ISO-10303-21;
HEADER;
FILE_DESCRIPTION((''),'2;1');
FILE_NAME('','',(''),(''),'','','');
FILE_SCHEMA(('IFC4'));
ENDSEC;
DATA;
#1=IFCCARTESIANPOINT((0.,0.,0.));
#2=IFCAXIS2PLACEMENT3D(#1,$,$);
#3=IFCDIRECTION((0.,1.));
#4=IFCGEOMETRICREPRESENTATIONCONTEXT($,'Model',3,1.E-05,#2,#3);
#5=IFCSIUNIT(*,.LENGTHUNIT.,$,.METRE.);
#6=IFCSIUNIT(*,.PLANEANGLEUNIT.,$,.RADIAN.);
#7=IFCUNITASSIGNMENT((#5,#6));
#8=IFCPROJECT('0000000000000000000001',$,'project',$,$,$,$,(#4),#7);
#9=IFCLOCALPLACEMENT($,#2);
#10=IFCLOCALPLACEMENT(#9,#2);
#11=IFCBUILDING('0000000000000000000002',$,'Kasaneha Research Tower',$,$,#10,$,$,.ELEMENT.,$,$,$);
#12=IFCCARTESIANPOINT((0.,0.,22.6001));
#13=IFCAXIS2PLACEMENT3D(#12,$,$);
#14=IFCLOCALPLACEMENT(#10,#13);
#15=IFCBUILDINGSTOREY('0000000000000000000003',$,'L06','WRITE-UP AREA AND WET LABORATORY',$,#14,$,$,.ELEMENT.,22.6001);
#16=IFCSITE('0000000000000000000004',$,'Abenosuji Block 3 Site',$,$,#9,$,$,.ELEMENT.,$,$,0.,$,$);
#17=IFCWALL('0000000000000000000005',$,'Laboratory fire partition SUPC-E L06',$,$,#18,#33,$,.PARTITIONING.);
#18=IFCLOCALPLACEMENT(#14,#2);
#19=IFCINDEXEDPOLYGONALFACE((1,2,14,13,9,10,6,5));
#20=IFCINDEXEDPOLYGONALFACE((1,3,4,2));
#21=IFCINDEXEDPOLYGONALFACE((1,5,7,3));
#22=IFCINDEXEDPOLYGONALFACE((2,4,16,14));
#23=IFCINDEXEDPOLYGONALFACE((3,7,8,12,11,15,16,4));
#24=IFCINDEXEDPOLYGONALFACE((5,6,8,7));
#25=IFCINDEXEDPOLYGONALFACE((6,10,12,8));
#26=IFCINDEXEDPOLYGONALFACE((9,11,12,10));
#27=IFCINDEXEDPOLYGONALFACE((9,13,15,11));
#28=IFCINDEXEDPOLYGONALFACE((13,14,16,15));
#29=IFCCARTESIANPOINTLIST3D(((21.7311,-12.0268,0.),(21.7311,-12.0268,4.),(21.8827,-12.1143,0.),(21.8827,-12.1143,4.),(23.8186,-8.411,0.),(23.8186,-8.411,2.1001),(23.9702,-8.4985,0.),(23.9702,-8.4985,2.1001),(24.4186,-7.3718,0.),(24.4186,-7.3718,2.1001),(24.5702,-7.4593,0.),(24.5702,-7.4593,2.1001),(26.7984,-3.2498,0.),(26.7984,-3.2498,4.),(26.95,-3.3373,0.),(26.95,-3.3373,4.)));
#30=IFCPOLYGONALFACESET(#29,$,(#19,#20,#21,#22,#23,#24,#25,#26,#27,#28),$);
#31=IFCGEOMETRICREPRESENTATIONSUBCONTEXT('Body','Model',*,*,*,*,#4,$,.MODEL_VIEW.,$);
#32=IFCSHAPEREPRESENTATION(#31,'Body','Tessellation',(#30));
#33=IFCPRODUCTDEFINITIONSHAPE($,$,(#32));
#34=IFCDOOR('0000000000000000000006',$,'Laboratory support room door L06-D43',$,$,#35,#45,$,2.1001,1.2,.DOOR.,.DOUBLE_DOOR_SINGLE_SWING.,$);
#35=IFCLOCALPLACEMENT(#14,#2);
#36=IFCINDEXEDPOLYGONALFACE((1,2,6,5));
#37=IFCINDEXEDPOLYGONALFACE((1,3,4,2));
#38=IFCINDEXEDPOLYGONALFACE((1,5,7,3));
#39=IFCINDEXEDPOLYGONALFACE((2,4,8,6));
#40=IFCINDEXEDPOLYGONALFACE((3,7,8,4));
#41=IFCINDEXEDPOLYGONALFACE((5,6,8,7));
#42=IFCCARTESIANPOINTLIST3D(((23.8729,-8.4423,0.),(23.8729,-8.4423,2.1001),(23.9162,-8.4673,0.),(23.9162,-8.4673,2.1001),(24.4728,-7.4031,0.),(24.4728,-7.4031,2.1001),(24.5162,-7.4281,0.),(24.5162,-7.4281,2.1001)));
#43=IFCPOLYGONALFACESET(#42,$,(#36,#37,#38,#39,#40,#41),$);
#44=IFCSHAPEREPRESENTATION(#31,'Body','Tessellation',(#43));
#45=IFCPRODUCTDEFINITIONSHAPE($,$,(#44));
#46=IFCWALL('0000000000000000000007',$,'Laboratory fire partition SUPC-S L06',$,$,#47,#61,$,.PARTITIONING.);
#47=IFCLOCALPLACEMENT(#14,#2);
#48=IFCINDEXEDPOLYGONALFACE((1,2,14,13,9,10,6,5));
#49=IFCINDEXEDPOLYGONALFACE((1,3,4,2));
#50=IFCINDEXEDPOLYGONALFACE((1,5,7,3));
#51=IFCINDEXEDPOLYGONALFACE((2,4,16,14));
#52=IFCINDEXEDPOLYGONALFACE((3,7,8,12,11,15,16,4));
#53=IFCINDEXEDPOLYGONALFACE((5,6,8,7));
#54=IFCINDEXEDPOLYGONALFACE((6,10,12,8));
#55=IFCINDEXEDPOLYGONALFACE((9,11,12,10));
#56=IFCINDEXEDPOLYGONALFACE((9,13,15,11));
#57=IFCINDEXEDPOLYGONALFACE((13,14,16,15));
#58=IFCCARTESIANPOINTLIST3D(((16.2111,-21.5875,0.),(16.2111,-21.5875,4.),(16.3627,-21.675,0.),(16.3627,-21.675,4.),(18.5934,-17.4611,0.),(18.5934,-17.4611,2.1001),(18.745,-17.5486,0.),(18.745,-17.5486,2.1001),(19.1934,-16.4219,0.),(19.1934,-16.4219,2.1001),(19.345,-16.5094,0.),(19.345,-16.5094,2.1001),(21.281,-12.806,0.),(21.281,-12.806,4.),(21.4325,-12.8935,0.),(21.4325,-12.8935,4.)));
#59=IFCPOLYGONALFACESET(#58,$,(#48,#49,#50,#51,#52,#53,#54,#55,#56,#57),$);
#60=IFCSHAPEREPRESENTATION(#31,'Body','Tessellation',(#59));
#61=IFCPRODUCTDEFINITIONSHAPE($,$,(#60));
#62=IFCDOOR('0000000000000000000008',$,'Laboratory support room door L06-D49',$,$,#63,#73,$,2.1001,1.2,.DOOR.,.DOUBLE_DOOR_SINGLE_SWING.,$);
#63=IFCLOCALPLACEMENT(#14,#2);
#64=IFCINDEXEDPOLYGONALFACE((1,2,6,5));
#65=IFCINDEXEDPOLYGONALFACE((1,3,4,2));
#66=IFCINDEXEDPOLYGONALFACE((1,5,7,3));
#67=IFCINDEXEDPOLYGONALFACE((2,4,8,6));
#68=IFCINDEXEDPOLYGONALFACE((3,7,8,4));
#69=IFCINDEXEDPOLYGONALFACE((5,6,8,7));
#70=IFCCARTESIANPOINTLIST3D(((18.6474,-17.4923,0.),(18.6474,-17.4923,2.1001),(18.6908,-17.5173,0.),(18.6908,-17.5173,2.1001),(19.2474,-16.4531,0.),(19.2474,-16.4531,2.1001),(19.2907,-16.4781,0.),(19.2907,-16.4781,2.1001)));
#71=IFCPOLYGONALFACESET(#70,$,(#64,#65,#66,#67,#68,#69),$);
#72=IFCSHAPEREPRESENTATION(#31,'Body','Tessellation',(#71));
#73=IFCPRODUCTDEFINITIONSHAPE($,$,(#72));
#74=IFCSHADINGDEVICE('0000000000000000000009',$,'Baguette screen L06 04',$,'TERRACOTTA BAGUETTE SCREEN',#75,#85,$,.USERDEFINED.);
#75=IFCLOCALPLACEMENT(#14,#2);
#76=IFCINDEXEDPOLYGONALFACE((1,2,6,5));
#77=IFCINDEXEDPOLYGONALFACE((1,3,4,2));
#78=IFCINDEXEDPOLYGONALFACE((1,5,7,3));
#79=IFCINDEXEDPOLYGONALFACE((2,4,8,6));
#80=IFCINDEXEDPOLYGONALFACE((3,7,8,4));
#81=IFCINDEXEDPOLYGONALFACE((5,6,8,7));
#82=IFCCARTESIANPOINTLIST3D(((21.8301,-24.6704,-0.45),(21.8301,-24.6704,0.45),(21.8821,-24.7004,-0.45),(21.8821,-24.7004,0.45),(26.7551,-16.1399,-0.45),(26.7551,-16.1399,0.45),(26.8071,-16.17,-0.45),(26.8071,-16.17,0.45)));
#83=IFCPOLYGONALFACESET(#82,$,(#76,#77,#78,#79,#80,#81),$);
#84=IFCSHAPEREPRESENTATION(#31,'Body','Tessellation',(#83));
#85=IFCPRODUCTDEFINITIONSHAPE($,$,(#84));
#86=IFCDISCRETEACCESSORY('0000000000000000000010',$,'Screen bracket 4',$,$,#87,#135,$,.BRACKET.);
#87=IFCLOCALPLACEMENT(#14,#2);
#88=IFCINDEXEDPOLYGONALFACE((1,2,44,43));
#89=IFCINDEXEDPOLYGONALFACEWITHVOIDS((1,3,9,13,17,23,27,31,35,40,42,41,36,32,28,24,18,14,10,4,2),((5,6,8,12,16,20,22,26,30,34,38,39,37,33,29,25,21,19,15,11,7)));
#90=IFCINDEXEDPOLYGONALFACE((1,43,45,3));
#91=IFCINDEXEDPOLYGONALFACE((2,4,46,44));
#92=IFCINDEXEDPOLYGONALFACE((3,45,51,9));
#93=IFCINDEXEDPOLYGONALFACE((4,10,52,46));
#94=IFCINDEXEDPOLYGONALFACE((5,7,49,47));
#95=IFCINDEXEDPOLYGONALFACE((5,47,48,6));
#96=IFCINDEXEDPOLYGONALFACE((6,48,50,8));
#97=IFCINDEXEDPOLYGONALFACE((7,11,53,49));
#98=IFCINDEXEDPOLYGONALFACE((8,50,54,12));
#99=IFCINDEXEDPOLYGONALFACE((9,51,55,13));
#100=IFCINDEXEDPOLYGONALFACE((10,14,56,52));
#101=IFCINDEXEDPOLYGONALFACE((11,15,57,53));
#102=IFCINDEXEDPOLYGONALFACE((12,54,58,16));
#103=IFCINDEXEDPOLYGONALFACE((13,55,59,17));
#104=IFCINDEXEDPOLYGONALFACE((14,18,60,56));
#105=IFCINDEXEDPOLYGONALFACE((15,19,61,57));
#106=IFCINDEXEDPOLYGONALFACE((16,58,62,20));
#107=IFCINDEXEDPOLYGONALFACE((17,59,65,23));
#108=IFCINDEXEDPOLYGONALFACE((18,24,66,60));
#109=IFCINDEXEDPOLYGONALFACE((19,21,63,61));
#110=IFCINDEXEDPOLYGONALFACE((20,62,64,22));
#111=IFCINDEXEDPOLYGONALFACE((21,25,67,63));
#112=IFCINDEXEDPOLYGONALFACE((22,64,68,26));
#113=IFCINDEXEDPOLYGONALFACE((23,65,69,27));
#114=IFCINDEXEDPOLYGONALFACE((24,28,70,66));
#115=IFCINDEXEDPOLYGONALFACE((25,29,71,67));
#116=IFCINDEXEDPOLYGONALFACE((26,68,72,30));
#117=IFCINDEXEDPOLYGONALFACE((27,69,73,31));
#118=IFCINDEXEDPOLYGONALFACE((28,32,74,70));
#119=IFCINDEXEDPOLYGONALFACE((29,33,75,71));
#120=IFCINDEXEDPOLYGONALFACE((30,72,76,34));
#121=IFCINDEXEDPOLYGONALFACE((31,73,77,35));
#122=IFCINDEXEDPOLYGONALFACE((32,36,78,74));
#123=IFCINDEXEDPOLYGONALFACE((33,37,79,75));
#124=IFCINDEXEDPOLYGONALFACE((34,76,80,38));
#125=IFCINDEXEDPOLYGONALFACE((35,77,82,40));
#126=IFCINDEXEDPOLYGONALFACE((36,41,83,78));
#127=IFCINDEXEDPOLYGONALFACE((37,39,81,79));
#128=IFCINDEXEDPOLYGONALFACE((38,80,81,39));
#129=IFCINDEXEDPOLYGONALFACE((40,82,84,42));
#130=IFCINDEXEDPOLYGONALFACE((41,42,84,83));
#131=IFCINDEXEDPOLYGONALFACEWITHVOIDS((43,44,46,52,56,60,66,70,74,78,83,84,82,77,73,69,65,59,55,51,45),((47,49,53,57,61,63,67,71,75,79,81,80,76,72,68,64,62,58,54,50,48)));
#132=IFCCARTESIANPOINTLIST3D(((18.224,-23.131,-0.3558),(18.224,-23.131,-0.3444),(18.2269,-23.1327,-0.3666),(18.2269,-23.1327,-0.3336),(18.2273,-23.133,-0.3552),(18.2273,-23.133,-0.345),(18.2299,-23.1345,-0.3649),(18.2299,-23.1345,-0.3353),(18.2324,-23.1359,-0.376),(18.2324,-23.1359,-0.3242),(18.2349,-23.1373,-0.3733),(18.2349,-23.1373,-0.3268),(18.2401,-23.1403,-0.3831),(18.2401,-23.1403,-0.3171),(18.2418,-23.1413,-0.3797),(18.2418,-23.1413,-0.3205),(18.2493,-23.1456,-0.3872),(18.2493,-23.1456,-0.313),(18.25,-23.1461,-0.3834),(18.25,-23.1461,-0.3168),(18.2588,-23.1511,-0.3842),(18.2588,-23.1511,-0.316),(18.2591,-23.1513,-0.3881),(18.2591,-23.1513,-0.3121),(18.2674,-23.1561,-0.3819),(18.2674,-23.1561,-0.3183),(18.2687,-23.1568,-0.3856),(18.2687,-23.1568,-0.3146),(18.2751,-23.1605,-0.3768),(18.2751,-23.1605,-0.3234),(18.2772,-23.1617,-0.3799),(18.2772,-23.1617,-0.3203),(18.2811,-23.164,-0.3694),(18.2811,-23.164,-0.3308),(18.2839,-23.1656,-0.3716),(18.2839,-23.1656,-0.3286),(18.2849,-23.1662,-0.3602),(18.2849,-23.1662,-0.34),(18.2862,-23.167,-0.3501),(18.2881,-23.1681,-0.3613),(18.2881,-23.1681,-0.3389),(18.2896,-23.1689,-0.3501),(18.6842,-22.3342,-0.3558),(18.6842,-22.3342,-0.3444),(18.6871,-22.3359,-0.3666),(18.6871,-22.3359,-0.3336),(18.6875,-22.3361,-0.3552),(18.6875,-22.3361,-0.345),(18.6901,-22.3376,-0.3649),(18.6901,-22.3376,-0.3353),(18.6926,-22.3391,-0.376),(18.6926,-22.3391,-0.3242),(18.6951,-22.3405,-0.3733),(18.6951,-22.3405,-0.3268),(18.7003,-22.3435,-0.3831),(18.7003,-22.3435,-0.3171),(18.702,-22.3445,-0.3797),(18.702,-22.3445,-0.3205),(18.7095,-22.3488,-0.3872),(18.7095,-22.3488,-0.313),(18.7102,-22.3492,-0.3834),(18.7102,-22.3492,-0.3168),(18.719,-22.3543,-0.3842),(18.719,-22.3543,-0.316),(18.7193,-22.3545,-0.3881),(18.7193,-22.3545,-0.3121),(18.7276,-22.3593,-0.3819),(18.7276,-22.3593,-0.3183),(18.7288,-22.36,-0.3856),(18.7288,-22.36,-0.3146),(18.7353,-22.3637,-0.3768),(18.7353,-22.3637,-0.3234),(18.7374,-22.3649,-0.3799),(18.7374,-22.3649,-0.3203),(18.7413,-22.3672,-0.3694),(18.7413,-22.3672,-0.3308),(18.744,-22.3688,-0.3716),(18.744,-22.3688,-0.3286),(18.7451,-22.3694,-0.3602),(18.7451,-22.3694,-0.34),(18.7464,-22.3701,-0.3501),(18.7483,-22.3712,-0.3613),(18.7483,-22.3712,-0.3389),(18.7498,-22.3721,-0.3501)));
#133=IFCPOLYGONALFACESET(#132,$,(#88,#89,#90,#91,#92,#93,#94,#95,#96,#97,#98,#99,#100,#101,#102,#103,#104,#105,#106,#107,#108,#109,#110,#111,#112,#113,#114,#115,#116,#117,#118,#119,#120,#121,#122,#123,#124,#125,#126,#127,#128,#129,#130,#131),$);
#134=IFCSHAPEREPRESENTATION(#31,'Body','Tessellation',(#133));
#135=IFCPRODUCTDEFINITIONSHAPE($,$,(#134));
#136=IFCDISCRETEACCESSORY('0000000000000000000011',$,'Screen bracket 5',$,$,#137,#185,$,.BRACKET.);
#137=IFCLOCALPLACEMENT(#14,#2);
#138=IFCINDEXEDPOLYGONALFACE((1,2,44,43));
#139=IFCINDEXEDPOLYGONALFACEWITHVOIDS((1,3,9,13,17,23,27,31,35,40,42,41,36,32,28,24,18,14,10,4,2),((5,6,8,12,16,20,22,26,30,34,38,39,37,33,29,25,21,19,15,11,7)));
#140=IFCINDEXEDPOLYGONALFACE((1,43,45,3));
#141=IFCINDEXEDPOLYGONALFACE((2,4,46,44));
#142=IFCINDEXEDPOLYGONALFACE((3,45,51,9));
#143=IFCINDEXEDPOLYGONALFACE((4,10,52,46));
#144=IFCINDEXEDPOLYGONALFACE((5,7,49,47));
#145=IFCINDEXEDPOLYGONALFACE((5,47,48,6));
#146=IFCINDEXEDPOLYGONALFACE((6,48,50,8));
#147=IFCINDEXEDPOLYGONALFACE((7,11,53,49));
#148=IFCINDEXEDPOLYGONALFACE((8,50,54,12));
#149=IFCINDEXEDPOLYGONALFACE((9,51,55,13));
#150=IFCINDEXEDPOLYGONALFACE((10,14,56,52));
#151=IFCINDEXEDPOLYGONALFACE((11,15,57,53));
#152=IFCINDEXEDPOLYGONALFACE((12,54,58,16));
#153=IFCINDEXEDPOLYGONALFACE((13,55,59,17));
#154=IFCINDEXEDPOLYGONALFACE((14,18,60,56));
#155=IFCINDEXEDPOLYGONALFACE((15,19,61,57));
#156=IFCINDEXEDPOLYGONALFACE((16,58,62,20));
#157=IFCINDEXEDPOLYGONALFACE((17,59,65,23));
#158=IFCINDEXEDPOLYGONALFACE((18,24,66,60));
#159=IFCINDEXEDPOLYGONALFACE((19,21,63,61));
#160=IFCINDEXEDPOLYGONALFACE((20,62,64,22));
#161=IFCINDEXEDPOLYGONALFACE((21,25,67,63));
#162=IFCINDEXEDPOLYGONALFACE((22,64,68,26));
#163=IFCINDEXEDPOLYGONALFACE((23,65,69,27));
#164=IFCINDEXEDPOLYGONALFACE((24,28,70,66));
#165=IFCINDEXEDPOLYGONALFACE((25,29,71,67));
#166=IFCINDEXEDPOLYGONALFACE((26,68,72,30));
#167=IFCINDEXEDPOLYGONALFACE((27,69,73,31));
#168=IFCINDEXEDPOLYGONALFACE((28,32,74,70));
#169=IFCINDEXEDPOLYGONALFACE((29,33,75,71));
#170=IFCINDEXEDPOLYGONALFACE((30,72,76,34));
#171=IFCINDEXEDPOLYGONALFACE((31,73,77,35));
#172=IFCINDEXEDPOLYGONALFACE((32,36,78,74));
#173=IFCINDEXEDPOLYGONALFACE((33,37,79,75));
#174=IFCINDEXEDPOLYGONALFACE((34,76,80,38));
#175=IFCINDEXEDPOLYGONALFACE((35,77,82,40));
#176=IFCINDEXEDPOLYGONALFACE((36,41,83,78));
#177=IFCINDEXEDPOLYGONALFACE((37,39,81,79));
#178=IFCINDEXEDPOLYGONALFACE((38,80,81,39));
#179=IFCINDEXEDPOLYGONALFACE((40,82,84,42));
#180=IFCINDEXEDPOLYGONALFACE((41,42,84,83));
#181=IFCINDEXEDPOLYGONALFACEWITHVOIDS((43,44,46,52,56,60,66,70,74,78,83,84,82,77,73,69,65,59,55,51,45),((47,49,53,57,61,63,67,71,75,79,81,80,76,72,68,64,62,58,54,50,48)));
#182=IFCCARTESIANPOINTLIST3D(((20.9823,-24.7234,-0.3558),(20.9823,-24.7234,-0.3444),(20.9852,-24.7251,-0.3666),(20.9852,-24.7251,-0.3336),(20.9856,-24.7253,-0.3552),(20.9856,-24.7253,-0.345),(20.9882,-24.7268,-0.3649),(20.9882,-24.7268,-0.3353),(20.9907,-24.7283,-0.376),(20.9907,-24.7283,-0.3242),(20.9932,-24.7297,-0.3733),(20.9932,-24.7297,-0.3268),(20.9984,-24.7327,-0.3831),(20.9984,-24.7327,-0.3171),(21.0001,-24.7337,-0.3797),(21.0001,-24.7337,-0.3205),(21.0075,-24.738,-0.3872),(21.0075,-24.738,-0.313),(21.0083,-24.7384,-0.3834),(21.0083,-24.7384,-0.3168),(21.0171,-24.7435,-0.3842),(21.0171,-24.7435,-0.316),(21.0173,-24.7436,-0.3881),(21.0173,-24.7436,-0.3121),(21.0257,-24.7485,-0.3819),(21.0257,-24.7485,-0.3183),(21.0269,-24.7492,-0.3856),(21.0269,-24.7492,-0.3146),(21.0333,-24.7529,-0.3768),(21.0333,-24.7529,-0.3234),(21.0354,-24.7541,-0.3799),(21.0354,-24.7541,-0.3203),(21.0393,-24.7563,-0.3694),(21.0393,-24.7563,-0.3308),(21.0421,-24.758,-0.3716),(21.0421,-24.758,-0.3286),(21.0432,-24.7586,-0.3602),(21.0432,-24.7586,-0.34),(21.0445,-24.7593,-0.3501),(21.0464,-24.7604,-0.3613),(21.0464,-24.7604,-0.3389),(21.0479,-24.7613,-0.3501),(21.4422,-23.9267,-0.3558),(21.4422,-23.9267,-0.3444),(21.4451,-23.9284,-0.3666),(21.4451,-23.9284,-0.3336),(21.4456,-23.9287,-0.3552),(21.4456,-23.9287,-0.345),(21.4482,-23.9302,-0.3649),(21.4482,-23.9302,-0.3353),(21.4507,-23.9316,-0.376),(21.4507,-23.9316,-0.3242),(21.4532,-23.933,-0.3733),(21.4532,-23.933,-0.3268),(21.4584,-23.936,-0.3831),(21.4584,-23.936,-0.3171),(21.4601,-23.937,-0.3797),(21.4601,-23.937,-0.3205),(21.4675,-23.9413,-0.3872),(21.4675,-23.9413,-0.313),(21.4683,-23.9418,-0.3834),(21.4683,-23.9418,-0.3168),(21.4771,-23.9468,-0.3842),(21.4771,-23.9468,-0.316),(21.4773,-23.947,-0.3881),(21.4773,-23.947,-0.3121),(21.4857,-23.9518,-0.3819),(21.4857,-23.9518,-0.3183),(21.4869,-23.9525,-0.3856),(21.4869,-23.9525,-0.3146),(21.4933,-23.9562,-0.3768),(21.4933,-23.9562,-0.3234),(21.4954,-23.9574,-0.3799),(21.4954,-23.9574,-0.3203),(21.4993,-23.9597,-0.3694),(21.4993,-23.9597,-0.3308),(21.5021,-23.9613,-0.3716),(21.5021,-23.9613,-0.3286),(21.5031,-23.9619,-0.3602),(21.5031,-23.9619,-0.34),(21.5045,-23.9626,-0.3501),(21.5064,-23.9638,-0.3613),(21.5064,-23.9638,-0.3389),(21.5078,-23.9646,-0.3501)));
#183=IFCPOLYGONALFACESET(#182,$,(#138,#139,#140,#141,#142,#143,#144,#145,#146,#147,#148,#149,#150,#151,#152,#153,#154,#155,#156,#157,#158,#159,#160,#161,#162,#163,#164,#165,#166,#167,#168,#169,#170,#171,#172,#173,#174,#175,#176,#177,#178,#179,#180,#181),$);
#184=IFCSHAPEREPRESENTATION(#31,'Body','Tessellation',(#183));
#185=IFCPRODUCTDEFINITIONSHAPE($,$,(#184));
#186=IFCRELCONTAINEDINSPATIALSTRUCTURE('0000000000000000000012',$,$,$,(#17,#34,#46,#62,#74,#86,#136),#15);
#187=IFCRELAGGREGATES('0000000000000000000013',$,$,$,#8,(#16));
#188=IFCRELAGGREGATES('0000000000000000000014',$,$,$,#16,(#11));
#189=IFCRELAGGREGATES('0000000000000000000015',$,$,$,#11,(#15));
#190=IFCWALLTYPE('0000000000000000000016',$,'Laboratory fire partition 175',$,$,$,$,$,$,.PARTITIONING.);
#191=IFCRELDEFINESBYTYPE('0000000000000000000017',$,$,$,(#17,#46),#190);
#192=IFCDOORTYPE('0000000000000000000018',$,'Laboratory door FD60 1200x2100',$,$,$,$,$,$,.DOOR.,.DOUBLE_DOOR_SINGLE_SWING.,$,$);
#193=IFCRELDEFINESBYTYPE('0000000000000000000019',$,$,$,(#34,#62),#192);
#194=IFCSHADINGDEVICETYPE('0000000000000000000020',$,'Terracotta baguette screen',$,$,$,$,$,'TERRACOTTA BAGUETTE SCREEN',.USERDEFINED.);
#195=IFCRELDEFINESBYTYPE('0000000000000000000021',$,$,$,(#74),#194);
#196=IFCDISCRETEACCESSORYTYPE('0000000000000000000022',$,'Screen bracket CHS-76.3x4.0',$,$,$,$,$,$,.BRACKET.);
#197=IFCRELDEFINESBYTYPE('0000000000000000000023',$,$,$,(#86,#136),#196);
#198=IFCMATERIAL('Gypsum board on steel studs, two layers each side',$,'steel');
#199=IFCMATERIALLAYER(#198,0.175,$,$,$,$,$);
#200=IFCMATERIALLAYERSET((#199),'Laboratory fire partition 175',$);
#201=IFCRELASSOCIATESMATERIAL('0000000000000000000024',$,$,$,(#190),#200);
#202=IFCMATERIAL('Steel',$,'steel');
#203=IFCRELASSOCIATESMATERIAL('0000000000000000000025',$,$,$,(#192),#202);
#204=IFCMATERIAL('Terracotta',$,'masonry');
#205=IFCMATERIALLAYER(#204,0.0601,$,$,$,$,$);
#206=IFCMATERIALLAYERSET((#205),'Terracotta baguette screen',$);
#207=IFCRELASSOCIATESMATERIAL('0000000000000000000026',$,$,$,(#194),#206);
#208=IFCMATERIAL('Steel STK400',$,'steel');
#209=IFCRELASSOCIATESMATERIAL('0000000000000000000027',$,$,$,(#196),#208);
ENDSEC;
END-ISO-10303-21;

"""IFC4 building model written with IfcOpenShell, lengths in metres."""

from ifc_helpers import new_model, si_unit, direction, frame, frame_2d, origin, origin_2d, place, context, subcontext, project, spatial, rectangle, hollow_circle, extrude, material, layer, layer_set, material_profile, profile_set, type_object, element, fill, save


model = new_model("IFC4")

# Units and contexts
model_context = context("Model", 3, precision=1e-05, world=origin(), true_north=direction((0.0, 1.0)))
body_context = subcontext(model_context, "Body", "Model", "MODEL_VIEW")
ifc_project = project(units=[si_unit("LENGTHUNIT", "METRE"), si_unit("PLANEANGLEUNIT", "RADIAN")], contexts=[model_context])

# Site, building, storey
site_placement = place(None, origin())
site = spatial("IfcSite", under=ifc_project, at=site_placement, Name="Abenosuji Block 3 Site", CompositionType="ELEMENT", RefElevation=0.0)
building_placement = place(site_placement, origin())
building = spatial("IfcBuilding", under=site, at=building_placement, Name="Kasaneha Research Tower", CompositionType="ELEMENT")
storey_placement = place(building_placement, frame((0.0, 0.0, 22.6001)))
storey = spatial("IfcBuildingStorey", under=building, at=storey_placement, Name="L06", Description="WRITE-UP AREA AND WET LABORATORY", CompositionType="ELEMENT", Elevation=22.6001)

# Walls, openings, doors
ifc_material_1 = material(Name="Gypsum board on steel studs, two layers each side", Category="steel")
ifc_layer_1 = layer(ifc_material_1, 0.175)
ifc_layer_set_1 = layer_set([ifc_layer_1], Name="Laboratory fire partition 175")
wall_type = type_object("IfcWallType", Name="Laboratory fire partition 175", PredefinedType="PARTITIONING", material=ifc_layer_set_1)
wall_1_placement = place(storey_placement, frame((21.8069, -12.0706, 0.0), z_axis=(0.0, 0.0, 1.0), x_axis=(0.499994, 0.866029, 0.0)))
wall_1 = element("IfcWall", 1, at=wall_1_placement, inside=storey, type_object=wall_type, Name="Laboratory fire partition SUPC-E L06", PredefinedType="PARTITIONING", context=body_context, shape_type="SweptSolid", body=[
    extrude(rectangle(XDim=10.1348, YDim=0.175, at=frame_2d((5.0674, 0.0))), origin(), (0.0, 0.0, 1.0), 4.0),
])
opening_1_placement = place(wall_1_placement, frame((4.175, 0.0, 0.0)))
opening_1 = element("IfcOpeningElement", 2, at=opening_1_placement, cuts=wall_1, PredefinedType="OPENING", context=body_context, shape_type="SweptSolid", body=[
    extrude(rectangle(XDim=1.2, YDim=2.1001, at=frame_2d((0.6001, 1.05))), frame((0.0, 0.0977, 0.0), z_axis=(0.0, -1.0, 0.0), x_axis=(1.0, 0.0, 0.0)), (0.0, 0.0, 1.0), 0.1951),
])
ifc_material_2 = material(Name="Steel", Category="steel")
door_type = type_object("IfcDoorType", Name="Laboratory door FD60 1200x2100", OperationType="DOUBLE_DOOR_SINGLE_SWING", PredefinedType="DOOR", material=ifc_material_2)
door_1_placement = place(opening_1_placement, origin())
door_1 = element("IfcDoor", 3, at=door_1_placement, inside=storey, type_object=door_type, Name="Laboratory support room door L06-D43", OperationType="DOUBLE_DOOR_SINGLE_SWING", OverallHeight=2.1001, OverallWidth=1.2, PredefinedType="DOOR", context=body_context, shape_type="SweptSolid", body=[
    extrude(rectangle(XDim=1.2, YDim=2.1001, at=frame_2d((0.6001, 1.05))), frame((0.0, 0.0249, 0.0), z_axis=(0.0, -1.0, 0.0), x_axis=(1.0, 0.0, 0.0)), (0.0, 0.0, 1.0), 0.05),
])
fill(opening_1, door_1)
wall_2_placement = place(storey_placement, frame((21.3567, -12.8499, 0.0), z_axis=(0.0, 0.0, 1.0), x_axis=(-0.499987, -0.866033, 0.0)))
wall_2 = element("IfcWall", 4, at=wall_2_placement, inside=storey, type_object=wall_type, Name="Laboratory fire partition SUPC-S L06", PredefinedType="PARTITIONING", context=body_context, shape_type="SweptSolid", body=[
    extrude(rectangle(XDim=10.1399, YDim=0.175, at=frame_2d((5.0698, 0.0))), origin(), (0.0, 0.0, 1.0), 4.0),
])
opening_2_placement = place(wall_2_placement, frame((4.175, 0.0, 0.0)))
opening_2 = element("IfcOpeningElement", 5, at=opening_2_placement, cuts=wall_2, PredefinedType="OPENING", context=body_context, shape_type="SweptSolid", body=[
    extrude(rectangle(XDim=1.2, YDim=2.1001, at=frame_2d((0.6001, 1.05))), frame((0.0, 0.0977, 0.0), z_axis=(0.0, -1.0, 0.0), x_axis=(1.0, 0.0, 0.0)), (0.0, 0.0, 1.0), 0.1951),
])
door_2_placement = place(opening_2_placement, origin())
door_2 = element("IfcDoor", 6, at=door_2_placement, inside=storey, type_object=door_type, Name="Laboratory support room door L06-D49", OperationType="DOUBLE_DOOR_SINGLE_SWING", OverallHeight=2.1001, OverallWidth=1.2, PredefinedType="DOOR", context=body_context, shape_type="SweptSolid", body=[
    extrude(rectangle(XDim=1.2, YDim=2.1001, at=frame_2d((0.6001, 1.05))), frame((0.0, 0.0249, 0.0), z_axis=(0.0, -1.0, 0.0), x_axis=(1.0, 0.0, 0.0)), (0.0, 0.0, 1.0), 0.05),
])
fill(opening_2, door_2)

# Shading device
ifc_material_3 = material(Name="Terracotta", Category="masonry")
ifc_layer_2 = layer(ifc_material_3, 0.0601)
ifc_layer_set_2 = layer_set([ifc_layer_2], Name="Terracotta baguette screen")
shading_device_type = type_object("IfcShadingDeviceType", Name="Terracotta baguette screen", ElementType="TERRACOTTA BAGUETTE SCREEN", PredefinedType="USERDEFINED", material=ifc_layer_set_2)
shading_device_placement = place(storey_placement, frame((24.3186, -20.4202, -0.45), z_axis=(0.0, 0.0, 1.0), x_axis=(0.5, 0.866025, 0.0)))
element("IfcShadingDevice", 7, at=shading_device_placement, inside=storey, type_object=shading_device_type, Name="Baguette screen L06 04", ObjectType="TERRACOTTA BAGUETTE SCREEN", PredefinedType="USERDEFINED", context=body_context, shape_type="SweptSolid", body=[
    extrude(rectangle(XDim=9.8501, YDim=0.0601, at=origin_2d()), origin(), (0.0, 0.0, 1.0), 0.8999),
])

# Discrete accessories
ifc_material_4 = material(Name="Steel STK400", Category="steel")
ifc_material_profile_1 = material_profile(ifc_material_4, hollow_circle(Radius=0.0381, WallThickness=0.0039, at=origin_2d()), Name="CHS-76.3x4.0")
ifc_profile_set_1 = profile_set([ifc_material_profile_1], Name="Steel STK400")
discrete_accessory_type = type_object("IfcDiscreteAccessoryType", Name="Screen bracket CHS-76.3x4.0", PredefinedType="BRACKET", material=ifc_profile_set_1)
discrete_accessory_1_placement = place(storey_placement, frame((18.7168, -22.353, -0.3501), z_axis=(-0.500105, -0.865965, 0.0), x_axis=(0.865965, -0.500105, 0.0)))
element("IfcDiscreteAccessory", 8, at=discrete_accessory_1_placement, inside=storey, type_object=discrete_accessory_type, Name="Screen bracket 4", PredefinedType="BRACKET", context=body_context, shape_type="SweptSolid", body=[
    extrude(hollow_circle(Radius=0.0381, WallThickness=0.0039, at=origin_2d()), origin(), (0.0, 0.0, 1.0), 0.9202),
])
discrete_accessory_2_placement = place(storey_placement, frame((21.4749, -23.9456, -0.3501), z_axis=(-0.500021, -0.866013, 0.0), x_axis=(0.866013, -0.500021, 0.0)))
element("IfcDiscreteAccessory", 9, at=discrete_accessory_2_placement, inside=storey, type_object=discrete_accessory_type, Name="Screen bracket 5", PredefinedType="BRACKET", context=body_context, shape_type="SweptSolid", body=[
    extrude(hollow_circle(Radius=0.0381, WallThickness=0.0039, at=origin_2d()), origin(), (0.0, 0.0, 1.0), 0.9199),
])

save(model, "model.ifc")
